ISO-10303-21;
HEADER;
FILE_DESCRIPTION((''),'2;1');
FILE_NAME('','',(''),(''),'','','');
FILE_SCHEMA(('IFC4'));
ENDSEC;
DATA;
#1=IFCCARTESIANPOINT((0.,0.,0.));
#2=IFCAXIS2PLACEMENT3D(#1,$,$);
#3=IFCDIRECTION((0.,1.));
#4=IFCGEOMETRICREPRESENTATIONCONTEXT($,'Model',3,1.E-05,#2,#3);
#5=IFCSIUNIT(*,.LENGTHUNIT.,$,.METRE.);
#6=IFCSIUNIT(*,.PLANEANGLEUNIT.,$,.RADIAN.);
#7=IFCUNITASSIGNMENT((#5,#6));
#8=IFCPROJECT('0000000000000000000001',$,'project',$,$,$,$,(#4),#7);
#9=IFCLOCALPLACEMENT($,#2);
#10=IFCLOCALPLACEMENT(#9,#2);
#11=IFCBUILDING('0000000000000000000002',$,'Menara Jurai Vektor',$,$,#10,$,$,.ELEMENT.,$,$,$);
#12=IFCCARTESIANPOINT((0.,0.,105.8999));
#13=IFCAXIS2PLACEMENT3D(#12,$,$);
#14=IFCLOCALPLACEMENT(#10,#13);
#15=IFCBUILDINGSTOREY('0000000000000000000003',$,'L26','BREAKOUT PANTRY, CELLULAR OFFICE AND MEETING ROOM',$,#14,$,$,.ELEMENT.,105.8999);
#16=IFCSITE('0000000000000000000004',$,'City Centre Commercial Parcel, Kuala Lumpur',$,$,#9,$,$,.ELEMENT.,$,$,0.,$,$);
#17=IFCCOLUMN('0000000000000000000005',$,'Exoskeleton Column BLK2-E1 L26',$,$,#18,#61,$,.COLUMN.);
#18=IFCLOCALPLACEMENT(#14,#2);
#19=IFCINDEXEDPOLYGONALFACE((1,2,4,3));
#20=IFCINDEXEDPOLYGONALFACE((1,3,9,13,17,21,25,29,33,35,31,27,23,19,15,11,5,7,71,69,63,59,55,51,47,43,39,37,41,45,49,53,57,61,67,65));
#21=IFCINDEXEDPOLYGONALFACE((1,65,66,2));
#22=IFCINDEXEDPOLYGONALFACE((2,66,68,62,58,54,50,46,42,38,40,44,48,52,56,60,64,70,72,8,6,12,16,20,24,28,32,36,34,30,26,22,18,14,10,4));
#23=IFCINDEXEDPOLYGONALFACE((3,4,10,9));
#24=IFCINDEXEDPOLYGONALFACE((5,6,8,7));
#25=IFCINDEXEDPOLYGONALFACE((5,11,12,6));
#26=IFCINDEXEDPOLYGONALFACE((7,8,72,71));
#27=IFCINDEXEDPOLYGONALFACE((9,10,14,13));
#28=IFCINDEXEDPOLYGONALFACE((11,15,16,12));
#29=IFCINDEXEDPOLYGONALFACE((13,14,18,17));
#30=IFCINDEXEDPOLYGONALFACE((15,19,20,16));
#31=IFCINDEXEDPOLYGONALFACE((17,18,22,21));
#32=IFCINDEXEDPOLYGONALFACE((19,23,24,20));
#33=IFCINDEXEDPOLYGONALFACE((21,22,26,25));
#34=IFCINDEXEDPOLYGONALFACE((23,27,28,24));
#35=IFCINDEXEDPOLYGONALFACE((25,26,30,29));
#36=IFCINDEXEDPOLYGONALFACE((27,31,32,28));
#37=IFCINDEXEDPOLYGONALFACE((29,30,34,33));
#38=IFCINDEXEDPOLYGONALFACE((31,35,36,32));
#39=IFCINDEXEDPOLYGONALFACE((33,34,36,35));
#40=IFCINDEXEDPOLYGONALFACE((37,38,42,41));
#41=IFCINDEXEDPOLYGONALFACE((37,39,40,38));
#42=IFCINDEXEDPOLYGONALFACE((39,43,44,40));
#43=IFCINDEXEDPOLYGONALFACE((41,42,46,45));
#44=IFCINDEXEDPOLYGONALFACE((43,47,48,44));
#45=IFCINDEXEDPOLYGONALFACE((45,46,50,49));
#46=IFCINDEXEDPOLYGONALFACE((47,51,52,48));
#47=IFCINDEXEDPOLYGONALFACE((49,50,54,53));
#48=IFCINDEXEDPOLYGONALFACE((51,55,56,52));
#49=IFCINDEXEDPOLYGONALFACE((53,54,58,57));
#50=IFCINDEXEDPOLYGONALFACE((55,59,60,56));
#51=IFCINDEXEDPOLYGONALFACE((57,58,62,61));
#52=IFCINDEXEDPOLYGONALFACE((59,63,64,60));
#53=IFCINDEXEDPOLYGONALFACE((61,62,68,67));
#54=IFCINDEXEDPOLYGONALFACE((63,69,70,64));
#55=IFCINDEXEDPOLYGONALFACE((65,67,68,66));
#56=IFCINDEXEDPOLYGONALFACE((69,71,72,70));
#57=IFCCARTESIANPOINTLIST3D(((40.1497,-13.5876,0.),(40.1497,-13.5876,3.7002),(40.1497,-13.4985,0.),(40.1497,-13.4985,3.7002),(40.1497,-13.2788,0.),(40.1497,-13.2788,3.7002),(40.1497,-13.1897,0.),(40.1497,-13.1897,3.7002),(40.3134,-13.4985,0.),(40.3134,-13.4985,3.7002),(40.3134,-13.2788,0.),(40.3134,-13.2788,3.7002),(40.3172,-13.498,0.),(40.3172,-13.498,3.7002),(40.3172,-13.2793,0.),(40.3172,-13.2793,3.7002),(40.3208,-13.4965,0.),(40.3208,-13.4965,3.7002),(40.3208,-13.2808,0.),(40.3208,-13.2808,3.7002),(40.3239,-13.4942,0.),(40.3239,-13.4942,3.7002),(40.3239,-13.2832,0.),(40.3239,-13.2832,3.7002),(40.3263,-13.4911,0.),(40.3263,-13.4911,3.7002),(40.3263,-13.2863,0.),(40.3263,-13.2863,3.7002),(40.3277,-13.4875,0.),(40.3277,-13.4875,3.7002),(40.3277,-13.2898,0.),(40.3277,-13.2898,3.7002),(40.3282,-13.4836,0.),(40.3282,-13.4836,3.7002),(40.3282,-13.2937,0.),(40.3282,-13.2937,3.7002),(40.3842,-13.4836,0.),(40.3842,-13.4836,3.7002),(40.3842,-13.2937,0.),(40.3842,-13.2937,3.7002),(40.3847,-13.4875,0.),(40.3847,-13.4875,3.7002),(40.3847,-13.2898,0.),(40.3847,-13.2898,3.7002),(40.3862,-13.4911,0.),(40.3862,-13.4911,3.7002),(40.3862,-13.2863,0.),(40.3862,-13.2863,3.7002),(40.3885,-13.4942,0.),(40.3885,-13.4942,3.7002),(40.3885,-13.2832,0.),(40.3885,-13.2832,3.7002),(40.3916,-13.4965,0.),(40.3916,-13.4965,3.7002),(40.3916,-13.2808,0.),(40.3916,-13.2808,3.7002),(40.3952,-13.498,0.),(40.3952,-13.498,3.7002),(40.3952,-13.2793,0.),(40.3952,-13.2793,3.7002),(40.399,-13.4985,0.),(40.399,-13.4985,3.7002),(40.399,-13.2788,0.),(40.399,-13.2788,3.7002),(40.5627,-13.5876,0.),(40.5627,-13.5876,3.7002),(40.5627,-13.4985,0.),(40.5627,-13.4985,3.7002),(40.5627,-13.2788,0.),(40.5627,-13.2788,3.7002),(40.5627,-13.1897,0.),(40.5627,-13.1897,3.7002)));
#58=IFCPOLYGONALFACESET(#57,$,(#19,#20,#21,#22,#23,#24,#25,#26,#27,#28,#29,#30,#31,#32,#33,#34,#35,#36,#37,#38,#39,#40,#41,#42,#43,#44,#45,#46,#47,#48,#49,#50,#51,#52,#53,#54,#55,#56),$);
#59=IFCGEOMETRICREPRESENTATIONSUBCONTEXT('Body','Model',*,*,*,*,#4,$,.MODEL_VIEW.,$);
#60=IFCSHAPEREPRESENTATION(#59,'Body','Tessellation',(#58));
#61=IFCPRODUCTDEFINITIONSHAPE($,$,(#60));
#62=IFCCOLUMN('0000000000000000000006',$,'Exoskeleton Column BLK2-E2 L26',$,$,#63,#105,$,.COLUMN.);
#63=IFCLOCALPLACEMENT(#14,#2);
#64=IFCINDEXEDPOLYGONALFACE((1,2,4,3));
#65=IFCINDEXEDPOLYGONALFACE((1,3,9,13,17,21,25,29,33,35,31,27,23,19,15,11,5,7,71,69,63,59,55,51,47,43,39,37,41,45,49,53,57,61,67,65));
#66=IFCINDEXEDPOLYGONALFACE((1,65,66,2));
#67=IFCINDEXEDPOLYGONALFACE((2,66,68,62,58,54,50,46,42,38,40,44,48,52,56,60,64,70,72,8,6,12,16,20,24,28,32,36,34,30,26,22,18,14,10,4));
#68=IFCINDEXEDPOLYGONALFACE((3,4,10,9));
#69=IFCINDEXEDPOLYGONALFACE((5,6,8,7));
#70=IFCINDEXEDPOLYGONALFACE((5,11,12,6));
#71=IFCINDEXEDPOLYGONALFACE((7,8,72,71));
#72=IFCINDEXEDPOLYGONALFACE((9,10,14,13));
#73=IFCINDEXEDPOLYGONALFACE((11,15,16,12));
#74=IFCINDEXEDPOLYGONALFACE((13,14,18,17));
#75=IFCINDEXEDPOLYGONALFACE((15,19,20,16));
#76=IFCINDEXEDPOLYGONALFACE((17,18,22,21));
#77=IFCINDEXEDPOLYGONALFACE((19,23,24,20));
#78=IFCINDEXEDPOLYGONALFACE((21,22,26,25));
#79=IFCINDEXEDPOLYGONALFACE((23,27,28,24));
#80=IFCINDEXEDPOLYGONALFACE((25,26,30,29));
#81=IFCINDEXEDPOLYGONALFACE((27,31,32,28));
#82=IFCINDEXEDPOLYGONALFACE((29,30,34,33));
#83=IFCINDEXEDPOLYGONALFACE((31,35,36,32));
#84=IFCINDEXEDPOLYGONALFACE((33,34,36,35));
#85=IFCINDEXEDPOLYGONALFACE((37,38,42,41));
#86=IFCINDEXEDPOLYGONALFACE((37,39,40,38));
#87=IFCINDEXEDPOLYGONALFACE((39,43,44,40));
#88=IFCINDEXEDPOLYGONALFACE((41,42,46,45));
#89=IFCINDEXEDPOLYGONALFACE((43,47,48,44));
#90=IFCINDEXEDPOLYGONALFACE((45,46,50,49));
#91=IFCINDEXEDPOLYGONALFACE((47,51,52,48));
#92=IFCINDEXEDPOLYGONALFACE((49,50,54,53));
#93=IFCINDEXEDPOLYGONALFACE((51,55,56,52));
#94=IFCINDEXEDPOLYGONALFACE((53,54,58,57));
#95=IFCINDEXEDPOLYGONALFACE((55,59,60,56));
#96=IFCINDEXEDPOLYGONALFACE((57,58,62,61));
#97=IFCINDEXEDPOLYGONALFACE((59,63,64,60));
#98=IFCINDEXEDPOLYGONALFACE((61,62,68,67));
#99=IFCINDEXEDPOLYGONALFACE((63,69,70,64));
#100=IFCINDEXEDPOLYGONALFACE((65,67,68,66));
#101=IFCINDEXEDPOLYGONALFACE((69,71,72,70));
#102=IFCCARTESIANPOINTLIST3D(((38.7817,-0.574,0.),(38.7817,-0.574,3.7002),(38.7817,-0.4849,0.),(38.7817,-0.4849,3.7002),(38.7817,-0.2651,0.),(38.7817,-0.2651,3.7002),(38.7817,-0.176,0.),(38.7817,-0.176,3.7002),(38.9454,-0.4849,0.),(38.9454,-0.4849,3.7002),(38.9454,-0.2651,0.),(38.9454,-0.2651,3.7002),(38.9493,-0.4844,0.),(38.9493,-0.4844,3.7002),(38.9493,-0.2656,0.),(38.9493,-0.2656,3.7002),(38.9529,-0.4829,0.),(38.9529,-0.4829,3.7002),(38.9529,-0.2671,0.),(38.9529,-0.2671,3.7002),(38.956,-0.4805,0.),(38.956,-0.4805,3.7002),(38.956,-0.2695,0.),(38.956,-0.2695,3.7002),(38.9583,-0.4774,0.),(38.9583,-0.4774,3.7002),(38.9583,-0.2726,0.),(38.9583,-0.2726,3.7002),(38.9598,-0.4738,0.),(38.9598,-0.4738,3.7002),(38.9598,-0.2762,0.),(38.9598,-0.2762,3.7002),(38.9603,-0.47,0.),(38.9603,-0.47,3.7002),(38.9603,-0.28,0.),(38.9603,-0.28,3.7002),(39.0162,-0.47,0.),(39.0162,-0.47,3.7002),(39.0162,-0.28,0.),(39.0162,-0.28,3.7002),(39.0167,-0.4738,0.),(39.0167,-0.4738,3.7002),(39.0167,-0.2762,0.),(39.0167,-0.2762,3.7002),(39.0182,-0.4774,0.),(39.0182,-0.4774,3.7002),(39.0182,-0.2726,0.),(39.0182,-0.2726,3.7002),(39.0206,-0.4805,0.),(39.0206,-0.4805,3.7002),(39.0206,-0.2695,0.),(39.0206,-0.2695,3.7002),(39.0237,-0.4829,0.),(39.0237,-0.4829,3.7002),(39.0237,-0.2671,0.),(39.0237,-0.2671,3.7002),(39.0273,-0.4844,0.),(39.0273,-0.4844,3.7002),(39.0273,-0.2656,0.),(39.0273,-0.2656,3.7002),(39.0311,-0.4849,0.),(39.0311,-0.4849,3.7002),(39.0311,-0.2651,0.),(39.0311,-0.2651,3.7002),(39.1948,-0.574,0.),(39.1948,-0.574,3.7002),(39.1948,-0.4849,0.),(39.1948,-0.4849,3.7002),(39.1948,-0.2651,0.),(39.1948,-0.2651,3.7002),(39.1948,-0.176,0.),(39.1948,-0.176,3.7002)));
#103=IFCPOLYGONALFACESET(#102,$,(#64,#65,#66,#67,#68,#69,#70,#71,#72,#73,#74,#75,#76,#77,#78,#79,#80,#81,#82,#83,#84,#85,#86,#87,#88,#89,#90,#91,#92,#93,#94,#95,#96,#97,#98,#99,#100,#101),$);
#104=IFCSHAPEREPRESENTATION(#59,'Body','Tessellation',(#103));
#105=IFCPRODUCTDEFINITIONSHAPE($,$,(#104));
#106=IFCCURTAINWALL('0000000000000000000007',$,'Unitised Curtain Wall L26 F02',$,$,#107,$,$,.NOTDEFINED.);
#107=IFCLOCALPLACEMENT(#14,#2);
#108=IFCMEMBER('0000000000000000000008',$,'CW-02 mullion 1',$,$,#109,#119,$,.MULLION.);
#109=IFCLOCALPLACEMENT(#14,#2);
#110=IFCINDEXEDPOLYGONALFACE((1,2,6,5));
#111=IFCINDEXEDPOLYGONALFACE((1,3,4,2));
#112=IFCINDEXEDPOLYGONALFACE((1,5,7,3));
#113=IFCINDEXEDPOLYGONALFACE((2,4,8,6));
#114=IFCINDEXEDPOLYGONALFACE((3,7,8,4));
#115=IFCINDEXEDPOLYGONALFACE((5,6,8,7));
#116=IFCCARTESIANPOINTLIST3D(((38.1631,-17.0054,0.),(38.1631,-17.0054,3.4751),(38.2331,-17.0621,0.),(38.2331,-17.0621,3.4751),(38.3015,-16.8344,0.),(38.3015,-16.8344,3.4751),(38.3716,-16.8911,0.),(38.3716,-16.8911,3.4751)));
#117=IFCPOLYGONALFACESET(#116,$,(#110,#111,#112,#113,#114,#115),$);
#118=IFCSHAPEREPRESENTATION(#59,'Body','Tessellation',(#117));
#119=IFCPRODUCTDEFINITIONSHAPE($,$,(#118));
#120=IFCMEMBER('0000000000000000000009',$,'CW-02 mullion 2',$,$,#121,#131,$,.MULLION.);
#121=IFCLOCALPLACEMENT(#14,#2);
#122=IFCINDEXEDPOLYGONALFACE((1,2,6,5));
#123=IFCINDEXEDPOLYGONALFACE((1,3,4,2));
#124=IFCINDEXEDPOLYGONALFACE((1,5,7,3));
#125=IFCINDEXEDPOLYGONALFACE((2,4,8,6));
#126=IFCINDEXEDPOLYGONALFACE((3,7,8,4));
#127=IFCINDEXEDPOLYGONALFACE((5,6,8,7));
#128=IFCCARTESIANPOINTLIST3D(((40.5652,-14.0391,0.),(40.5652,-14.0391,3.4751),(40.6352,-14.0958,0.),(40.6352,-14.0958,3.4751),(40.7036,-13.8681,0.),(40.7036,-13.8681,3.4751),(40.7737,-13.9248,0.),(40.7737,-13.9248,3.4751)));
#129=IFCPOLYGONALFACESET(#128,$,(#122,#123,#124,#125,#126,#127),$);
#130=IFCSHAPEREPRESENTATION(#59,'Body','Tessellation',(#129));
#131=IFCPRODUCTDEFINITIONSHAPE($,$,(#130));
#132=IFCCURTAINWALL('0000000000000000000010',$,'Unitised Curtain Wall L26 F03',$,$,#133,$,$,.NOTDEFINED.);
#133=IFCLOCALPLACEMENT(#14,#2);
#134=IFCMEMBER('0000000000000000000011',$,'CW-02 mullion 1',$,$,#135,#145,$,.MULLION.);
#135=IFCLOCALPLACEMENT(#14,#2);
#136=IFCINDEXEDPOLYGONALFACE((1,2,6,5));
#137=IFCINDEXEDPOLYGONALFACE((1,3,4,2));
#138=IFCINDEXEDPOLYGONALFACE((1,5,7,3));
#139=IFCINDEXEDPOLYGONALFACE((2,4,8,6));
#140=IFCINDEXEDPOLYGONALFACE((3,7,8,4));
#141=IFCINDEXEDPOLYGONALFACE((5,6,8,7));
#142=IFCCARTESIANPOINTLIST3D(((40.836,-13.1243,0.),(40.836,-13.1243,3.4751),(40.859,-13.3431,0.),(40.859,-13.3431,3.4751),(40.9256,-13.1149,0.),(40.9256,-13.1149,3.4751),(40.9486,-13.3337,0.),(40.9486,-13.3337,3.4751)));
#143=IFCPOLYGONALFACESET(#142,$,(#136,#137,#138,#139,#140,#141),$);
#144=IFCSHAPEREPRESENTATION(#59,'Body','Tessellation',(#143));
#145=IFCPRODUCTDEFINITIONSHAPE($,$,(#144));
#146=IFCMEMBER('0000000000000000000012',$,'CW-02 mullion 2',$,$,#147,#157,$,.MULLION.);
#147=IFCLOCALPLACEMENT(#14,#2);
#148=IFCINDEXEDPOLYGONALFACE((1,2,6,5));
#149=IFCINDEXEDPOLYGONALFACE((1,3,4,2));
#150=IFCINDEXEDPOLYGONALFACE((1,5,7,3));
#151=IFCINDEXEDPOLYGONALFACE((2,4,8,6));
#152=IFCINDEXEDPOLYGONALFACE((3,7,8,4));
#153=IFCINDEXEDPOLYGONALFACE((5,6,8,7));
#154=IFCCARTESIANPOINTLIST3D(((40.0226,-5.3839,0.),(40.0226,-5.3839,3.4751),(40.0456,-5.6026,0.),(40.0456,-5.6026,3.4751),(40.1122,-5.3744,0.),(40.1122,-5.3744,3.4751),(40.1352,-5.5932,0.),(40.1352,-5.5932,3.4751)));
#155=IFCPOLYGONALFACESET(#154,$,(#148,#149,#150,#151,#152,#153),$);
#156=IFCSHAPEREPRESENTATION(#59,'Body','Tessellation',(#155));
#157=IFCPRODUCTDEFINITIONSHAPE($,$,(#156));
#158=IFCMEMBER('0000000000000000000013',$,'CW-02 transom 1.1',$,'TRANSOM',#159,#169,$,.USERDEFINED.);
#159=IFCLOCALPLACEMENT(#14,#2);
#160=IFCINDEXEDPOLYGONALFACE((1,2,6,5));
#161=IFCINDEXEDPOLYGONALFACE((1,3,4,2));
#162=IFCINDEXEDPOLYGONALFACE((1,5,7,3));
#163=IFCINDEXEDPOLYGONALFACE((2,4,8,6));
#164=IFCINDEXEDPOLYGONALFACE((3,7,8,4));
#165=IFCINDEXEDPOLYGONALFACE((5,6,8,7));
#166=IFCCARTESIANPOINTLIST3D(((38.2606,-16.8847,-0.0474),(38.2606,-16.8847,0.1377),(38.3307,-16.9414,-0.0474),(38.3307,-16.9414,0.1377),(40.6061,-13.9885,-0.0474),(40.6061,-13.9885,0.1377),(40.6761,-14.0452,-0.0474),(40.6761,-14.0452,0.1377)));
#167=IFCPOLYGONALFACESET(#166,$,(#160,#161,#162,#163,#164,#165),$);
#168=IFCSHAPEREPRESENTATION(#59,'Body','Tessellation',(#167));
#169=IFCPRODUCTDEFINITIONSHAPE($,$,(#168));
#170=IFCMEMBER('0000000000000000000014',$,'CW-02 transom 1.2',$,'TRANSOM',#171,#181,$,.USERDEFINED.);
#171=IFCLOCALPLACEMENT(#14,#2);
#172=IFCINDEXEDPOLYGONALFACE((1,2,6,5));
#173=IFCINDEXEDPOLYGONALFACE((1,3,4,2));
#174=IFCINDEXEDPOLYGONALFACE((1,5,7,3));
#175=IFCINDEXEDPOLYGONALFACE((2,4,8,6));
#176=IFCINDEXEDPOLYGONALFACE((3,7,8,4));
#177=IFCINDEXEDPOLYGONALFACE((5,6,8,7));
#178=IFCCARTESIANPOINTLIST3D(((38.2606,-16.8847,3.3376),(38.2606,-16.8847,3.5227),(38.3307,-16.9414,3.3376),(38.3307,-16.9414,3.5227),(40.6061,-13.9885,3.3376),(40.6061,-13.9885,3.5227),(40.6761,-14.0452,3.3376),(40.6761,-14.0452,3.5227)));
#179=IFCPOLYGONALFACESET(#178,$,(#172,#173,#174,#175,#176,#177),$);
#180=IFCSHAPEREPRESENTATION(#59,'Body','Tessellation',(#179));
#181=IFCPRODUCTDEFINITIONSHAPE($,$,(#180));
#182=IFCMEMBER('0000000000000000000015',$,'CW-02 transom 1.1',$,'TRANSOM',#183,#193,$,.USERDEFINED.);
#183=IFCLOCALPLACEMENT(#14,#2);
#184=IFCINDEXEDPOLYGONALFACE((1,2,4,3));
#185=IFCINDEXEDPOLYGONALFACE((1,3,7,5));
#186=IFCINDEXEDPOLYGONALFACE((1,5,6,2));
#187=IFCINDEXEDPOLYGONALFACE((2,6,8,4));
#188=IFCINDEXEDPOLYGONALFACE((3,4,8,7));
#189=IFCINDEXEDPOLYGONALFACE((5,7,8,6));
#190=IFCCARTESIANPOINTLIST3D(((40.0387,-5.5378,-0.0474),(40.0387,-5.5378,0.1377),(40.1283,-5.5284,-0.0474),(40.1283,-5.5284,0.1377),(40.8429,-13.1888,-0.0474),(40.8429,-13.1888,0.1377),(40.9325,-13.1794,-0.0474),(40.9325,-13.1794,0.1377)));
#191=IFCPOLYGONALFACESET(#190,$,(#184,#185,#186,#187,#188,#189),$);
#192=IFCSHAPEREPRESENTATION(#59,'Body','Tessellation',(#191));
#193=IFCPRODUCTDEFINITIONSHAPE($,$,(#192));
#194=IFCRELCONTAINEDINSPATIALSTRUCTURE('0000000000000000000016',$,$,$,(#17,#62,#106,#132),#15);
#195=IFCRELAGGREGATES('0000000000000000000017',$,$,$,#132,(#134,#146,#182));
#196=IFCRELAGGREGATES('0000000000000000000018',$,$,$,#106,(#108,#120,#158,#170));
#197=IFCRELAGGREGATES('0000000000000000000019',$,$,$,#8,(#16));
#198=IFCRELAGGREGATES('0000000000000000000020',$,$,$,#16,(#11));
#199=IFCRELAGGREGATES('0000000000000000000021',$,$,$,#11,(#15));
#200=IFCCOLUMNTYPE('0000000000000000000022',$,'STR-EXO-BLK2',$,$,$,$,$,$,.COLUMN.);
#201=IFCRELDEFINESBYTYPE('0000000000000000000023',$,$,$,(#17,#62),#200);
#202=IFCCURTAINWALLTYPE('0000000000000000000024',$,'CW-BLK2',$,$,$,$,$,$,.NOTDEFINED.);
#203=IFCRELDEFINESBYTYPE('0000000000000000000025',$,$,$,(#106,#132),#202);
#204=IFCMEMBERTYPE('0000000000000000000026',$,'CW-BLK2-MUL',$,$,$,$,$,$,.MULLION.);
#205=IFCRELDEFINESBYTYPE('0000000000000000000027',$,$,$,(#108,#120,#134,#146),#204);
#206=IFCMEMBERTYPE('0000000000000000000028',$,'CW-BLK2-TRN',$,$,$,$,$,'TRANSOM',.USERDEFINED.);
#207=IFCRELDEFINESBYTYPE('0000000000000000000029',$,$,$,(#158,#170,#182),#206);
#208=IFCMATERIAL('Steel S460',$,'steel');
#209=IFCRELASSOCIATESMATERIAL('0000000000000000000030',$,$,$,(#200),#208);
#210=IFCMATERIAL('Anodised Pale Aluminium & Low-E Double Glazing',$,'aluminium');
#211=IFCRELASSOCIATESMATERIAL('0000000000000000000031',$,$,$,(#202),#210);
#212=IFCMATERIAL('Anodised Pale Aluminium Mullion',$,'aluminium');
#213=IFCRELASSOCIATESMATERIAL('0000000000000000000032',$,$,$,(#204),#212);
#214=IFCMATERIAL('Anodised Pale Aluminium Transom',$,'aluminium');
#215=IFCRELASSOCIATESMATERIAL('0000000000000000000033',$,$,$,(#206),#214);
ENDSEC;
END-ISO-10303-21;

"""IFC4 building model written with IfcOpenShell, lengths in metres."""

from ifc_helpers import new_model, si_unit, direction, frame, origin, origin_2d, place, context, subcontext, project, spatial, rectangle, i_section, extrude, material, material_profile, profile_set, type_object, element, aggregate, save


model = new_model("IFC4")

# Units and contexts
model_context = context("Model", 3, precision=1e-05, world=origin(), true_north=direction((0.0, 1.0)))
body_context = subcontext(model_context, "Body", "Model", "MODEL_VIEW")
ifc_project = project(units=[si_unit("LENGTHUNIT", "METRE"), si_unit("PLANEANGLEUNIT", "RADIAN")], contexts=[model_context])

# Site, building, storey
site_placement = place(None, origin())
site = spatial("IfcSite", under=ifc_project, at=site_placement, Name="City Centre Commercial Parcel, Kuala Lumpur", CompositionType="ELEMENT", RefElevation=0.0)
building_placement = place(site_placement, origin())
building = spatial("IfcBuilding", under=site, at=building_placement, Name="Menara Jurai Vektor", CompositionType="ELEMENT")
storey_placement = place(building_placement, frame((0.0, 0.0, 105.8999)))
storey = spatial("IfcBuildingStorey", under=building, at=storey_placement, Name="L26", Description="BREAKOUT PANTRY, CELLULAR OFFICE AND MEETING ROOM", CompositionType="ELEMENT", Elevation=105.8999)

# Columns
ifc_material_1 = material(Name="Steel S460", Category="steel")
ifc_material_profile_1 = material_profile(ifc_material_1, i_section(OverallWidth=0.4131, OverallDepth=0.3979, WebThickness=0.0559, FlangeThickness=0.0891, FilletRadius=0.0149, at=origin_2d()), Name="HD 400x744")
ifc_profile_set_1 = profile_set([ifc_material_profile_1], Name="Steel S460")
column_type = type_object("IfcColumnType", Name="STR-EXO-BLK2", PredefinedType="COLUMN", material=ifc_profile_set_1)
for number, where, z_axis, x_axis, name in (
    (1, (40.3562, -13.3887, 0.0), (0.0, 0.0, 1.0), (1.0, 0.0, 0.0), "Exoskeleton Column BLK2-E1 L26"),
    (2, (38.9883, -0.375, 0.0), (0.0, 0.0, 1.0), (1.0, 0.0, 0.0), "Exoskeleton Column BLK2-E2 L26"),
):
    element("IfcColumn", number, at=place(storey_placement, frame(where, z_axis=z_axis, x_axis=x_axis)), inside=storey, type_object=column_type, Name=name, PredefinedType="COLUMN", context=body_context, shape_type="SweptSolid", body=[
        extrude(i_section(OverallWidth=0.4131, OverallDepth=0.3979, WebThickness=0.0559, FlangeThickness=0.0891, FilletRadius=0.0149, at=origin_2d()), origin(), (0.0, 0.0, 1.0), 3.7002),
    ])

# Curtain walls, members
ifc_material_2 = material(Name="Anodised Pale Aluminium & Low-E Double Glazing", Category="aluminium")
curtain_wall_type = type_object("IfcCurtainWallType", Name="CW-BLK2", PredefinedType="NOTDEFINED", material=ifc_material_2)
curtain_wall_1_placement = place(storey_placement, origin())
curtain_wall_1 = element("IfcCurtainWall", 3, at=curtain_wall_1_placement, inside=storey, type_object=curtain_wall_type, Name="Unitised Curtain Wall L26 F02", PredefinedType="NOTDEFINED")
ifc_material_3 = material(Name="Anodised Pale Aluminium Mullion", Category="aluminium")
ifc_material_profile_2 = material_profile(ifc_material_3, rectangle(XDim=0.0901, YDim=0.22, at=origin_2d()), Name="ALU MUL 90x220")
ifc_profile_set_2 = profile_set([ifc_material_profile_2], Name="Anodised Pale Aluminium Mullion")
member_type_1 = type_object("IfcMemberType", Name="CW-BLK2-MUL", PredefinedType="MULLION", material=ifc_profile_set_2)
member_1_placement = place(storey_placement, frame((38.2673, -16.9482, 0.0), z_axis=(0.0, 0.0, 1.0), x_axis=(-0.777129, 0.629341, 0.0)))
member_1 = element("IfcMember", 4, at=member_1_placement, type_object=member_type_1, Name="CW-02 mullion 1", PredefinedType="MULLION", context=body_context, shape_type="SweptSolid", body=[
    extrude(rectangle(XDim=0.0901, YDim=0.22, at=origin_2d()), origin(), (0.0, 0.0, 1.0), 3.4751),
])
member_2_placement = place(storey_placement, frame((40.6694, -13.9819, 0.0), z_axis=(0.0, 0.0, 1.0), x_axis=(-0.777129, 0.629341, 0.0)))
member_2 = element("IfcMember", 5, at=member_2_placement, type_object=member_type_1, Name="CW-02 mullion 2", PredefinedType="MULLION", context=body_context, shape_type="SweptSolid", body=[
    extrude(rectangle(XDim=0.0901, YDim=0.22, at=origin_2d()), origin(), (0.0, 0.0, 1.0), 3.4751),
])
curtain_wall_2_placement = place(storey_placement, origin())
curtain_wall_2 = element("IfcCurtainWall", 6, at=curtain_wall_2_placement, inside=storey, type_object=curtain_wall_type, Name="Unitised Curtain Wall L26 F03", PredefinedType="NOTDEFINED")
member_3_placement = place(storey_placement, frame((40.8923, -13.229, 0.0), z_axis=(0.0, 0.0, 1.0), x_axis=(-0.994522, -0.10453, 0.0)))
member_3 = element("IfcMember", 7, at=member_3_placement, type_object=member_type_1, Name="CW-02 mullion 1", PredefinedType="MULLION", context=body_context, shape_type="SweptSolid", body=[
    extrude(rectangle(XDim=0.0901, YDim=0.22, at=origin_2d()), origin(), (0.0, 0.0, 1.0), 3.4751),
])
member_4_placement = place(storey_placement, frame((40.0789, -5.4885, 0.0), z_axis=(0.0, 0.0, 1.0), x_axis=(-0.994522, -0.10453, 0.0)))
member_4 = element("IfcMember", 8, at=member_4_placement, type_object=member_type_1, Name="CW-02 mullion 2", PredefinedType="MULLION", context=body_context, shape_type="SweptSolid", body=[
    extrude(rectangle(XDim=0.0901, YDim=0.22, at=origin_2d()), origin(), (0.0, 0.0, 1.0), 3.4751),
])

# Members
ifc_material_4 = material(Name="Anodised Pale Aluminium Transom", Category="aluminium")
ifc_material_profile_3 = material_profile(ifc_material_4, rectangle(XDim=0.0901, YDim=0.1851, at=origin_2d()), Name="ALU TRN 90x185")
ifc_profile_set_3 = profile_set([ifc_material_profile_3], Name="Anodised Pale Aluminium Transom")
member_type_2 = type_object("IfcMemberType", Name="CW-BLK2-TRN", ElementType="TRANSOM", PredefinedType="USERDEFINED", material=ifc_profile_set_3)
member_5_placement = place(storey_placement, frame((38.2957, -16.9131, 0.0452), z_axis=(0.629341, 0.777129, 0.0), x_axis=(-0.777129, 0.629341, 0.0)))
member_5 = element("IfcMember", 9, at=member_5_placement, type_object=member_type_2, Name="CW-02 transom 1.1", ObjectType="TRANSOM", PredefinedType="USERDEFINED", context=body_context, shape_type="SweptSolid", body=[
    extrude(rectangle(XDim=0.0901, YDim=0.1851, at=origin_2d()), origin(), (0.0, 0.0, 1.0), 3.7268),
])
member_6_placement = place(storey_placement, frame((38.2957, -16.9131, 3.4302), z_axis=(0.629341, 0.777129, 0.0), x_axis=(-0.777129, 0.629341, 0.0)))
member_6 = element("IfcMember", 10, at=member_6_placement, type_object=member_type_2, Name="CW-02 transom 1.2", ObjectType="TRANSOM", PredefinedType="USERDEFINED", context=body_context, shape_type="SweptSolid", body=[
    extrude(rectangle(XDim=0.0901, YDim=0.1851, at=origin_2d()), origin(), (0.0, 0.0, 1.0), 3.7268),
])
member_7_placement = place(storey_placement, frame((40.8877, -13.1841, 0.0452), z_axis=(-0.104536, 0.994521, 0.0), x_axis=(-0.994521, -0.104536, 0.0)))
member_7 = element("IfcMember", 11, at=member_7_placement, type_object=member_type_2, Name="CW-02 transom 1.1", ObjectType="TRANSOM", PredefinedType="USERDEFINED", context=body_context, shape_type="SweptSolid", body=[
    extrude(rectangle(XDim=0.0901, YDim=0.1851, at=origin_2d()), origin(), (0.0, 0.0, 1.0), 7.6931),
])

aggregate(curtain_wall_2, [member_3, member_4, member_7])
aggregate(curtain_wall_1, [member_1, member_2, member_5, member_6])

save(model, "model.ifc")
